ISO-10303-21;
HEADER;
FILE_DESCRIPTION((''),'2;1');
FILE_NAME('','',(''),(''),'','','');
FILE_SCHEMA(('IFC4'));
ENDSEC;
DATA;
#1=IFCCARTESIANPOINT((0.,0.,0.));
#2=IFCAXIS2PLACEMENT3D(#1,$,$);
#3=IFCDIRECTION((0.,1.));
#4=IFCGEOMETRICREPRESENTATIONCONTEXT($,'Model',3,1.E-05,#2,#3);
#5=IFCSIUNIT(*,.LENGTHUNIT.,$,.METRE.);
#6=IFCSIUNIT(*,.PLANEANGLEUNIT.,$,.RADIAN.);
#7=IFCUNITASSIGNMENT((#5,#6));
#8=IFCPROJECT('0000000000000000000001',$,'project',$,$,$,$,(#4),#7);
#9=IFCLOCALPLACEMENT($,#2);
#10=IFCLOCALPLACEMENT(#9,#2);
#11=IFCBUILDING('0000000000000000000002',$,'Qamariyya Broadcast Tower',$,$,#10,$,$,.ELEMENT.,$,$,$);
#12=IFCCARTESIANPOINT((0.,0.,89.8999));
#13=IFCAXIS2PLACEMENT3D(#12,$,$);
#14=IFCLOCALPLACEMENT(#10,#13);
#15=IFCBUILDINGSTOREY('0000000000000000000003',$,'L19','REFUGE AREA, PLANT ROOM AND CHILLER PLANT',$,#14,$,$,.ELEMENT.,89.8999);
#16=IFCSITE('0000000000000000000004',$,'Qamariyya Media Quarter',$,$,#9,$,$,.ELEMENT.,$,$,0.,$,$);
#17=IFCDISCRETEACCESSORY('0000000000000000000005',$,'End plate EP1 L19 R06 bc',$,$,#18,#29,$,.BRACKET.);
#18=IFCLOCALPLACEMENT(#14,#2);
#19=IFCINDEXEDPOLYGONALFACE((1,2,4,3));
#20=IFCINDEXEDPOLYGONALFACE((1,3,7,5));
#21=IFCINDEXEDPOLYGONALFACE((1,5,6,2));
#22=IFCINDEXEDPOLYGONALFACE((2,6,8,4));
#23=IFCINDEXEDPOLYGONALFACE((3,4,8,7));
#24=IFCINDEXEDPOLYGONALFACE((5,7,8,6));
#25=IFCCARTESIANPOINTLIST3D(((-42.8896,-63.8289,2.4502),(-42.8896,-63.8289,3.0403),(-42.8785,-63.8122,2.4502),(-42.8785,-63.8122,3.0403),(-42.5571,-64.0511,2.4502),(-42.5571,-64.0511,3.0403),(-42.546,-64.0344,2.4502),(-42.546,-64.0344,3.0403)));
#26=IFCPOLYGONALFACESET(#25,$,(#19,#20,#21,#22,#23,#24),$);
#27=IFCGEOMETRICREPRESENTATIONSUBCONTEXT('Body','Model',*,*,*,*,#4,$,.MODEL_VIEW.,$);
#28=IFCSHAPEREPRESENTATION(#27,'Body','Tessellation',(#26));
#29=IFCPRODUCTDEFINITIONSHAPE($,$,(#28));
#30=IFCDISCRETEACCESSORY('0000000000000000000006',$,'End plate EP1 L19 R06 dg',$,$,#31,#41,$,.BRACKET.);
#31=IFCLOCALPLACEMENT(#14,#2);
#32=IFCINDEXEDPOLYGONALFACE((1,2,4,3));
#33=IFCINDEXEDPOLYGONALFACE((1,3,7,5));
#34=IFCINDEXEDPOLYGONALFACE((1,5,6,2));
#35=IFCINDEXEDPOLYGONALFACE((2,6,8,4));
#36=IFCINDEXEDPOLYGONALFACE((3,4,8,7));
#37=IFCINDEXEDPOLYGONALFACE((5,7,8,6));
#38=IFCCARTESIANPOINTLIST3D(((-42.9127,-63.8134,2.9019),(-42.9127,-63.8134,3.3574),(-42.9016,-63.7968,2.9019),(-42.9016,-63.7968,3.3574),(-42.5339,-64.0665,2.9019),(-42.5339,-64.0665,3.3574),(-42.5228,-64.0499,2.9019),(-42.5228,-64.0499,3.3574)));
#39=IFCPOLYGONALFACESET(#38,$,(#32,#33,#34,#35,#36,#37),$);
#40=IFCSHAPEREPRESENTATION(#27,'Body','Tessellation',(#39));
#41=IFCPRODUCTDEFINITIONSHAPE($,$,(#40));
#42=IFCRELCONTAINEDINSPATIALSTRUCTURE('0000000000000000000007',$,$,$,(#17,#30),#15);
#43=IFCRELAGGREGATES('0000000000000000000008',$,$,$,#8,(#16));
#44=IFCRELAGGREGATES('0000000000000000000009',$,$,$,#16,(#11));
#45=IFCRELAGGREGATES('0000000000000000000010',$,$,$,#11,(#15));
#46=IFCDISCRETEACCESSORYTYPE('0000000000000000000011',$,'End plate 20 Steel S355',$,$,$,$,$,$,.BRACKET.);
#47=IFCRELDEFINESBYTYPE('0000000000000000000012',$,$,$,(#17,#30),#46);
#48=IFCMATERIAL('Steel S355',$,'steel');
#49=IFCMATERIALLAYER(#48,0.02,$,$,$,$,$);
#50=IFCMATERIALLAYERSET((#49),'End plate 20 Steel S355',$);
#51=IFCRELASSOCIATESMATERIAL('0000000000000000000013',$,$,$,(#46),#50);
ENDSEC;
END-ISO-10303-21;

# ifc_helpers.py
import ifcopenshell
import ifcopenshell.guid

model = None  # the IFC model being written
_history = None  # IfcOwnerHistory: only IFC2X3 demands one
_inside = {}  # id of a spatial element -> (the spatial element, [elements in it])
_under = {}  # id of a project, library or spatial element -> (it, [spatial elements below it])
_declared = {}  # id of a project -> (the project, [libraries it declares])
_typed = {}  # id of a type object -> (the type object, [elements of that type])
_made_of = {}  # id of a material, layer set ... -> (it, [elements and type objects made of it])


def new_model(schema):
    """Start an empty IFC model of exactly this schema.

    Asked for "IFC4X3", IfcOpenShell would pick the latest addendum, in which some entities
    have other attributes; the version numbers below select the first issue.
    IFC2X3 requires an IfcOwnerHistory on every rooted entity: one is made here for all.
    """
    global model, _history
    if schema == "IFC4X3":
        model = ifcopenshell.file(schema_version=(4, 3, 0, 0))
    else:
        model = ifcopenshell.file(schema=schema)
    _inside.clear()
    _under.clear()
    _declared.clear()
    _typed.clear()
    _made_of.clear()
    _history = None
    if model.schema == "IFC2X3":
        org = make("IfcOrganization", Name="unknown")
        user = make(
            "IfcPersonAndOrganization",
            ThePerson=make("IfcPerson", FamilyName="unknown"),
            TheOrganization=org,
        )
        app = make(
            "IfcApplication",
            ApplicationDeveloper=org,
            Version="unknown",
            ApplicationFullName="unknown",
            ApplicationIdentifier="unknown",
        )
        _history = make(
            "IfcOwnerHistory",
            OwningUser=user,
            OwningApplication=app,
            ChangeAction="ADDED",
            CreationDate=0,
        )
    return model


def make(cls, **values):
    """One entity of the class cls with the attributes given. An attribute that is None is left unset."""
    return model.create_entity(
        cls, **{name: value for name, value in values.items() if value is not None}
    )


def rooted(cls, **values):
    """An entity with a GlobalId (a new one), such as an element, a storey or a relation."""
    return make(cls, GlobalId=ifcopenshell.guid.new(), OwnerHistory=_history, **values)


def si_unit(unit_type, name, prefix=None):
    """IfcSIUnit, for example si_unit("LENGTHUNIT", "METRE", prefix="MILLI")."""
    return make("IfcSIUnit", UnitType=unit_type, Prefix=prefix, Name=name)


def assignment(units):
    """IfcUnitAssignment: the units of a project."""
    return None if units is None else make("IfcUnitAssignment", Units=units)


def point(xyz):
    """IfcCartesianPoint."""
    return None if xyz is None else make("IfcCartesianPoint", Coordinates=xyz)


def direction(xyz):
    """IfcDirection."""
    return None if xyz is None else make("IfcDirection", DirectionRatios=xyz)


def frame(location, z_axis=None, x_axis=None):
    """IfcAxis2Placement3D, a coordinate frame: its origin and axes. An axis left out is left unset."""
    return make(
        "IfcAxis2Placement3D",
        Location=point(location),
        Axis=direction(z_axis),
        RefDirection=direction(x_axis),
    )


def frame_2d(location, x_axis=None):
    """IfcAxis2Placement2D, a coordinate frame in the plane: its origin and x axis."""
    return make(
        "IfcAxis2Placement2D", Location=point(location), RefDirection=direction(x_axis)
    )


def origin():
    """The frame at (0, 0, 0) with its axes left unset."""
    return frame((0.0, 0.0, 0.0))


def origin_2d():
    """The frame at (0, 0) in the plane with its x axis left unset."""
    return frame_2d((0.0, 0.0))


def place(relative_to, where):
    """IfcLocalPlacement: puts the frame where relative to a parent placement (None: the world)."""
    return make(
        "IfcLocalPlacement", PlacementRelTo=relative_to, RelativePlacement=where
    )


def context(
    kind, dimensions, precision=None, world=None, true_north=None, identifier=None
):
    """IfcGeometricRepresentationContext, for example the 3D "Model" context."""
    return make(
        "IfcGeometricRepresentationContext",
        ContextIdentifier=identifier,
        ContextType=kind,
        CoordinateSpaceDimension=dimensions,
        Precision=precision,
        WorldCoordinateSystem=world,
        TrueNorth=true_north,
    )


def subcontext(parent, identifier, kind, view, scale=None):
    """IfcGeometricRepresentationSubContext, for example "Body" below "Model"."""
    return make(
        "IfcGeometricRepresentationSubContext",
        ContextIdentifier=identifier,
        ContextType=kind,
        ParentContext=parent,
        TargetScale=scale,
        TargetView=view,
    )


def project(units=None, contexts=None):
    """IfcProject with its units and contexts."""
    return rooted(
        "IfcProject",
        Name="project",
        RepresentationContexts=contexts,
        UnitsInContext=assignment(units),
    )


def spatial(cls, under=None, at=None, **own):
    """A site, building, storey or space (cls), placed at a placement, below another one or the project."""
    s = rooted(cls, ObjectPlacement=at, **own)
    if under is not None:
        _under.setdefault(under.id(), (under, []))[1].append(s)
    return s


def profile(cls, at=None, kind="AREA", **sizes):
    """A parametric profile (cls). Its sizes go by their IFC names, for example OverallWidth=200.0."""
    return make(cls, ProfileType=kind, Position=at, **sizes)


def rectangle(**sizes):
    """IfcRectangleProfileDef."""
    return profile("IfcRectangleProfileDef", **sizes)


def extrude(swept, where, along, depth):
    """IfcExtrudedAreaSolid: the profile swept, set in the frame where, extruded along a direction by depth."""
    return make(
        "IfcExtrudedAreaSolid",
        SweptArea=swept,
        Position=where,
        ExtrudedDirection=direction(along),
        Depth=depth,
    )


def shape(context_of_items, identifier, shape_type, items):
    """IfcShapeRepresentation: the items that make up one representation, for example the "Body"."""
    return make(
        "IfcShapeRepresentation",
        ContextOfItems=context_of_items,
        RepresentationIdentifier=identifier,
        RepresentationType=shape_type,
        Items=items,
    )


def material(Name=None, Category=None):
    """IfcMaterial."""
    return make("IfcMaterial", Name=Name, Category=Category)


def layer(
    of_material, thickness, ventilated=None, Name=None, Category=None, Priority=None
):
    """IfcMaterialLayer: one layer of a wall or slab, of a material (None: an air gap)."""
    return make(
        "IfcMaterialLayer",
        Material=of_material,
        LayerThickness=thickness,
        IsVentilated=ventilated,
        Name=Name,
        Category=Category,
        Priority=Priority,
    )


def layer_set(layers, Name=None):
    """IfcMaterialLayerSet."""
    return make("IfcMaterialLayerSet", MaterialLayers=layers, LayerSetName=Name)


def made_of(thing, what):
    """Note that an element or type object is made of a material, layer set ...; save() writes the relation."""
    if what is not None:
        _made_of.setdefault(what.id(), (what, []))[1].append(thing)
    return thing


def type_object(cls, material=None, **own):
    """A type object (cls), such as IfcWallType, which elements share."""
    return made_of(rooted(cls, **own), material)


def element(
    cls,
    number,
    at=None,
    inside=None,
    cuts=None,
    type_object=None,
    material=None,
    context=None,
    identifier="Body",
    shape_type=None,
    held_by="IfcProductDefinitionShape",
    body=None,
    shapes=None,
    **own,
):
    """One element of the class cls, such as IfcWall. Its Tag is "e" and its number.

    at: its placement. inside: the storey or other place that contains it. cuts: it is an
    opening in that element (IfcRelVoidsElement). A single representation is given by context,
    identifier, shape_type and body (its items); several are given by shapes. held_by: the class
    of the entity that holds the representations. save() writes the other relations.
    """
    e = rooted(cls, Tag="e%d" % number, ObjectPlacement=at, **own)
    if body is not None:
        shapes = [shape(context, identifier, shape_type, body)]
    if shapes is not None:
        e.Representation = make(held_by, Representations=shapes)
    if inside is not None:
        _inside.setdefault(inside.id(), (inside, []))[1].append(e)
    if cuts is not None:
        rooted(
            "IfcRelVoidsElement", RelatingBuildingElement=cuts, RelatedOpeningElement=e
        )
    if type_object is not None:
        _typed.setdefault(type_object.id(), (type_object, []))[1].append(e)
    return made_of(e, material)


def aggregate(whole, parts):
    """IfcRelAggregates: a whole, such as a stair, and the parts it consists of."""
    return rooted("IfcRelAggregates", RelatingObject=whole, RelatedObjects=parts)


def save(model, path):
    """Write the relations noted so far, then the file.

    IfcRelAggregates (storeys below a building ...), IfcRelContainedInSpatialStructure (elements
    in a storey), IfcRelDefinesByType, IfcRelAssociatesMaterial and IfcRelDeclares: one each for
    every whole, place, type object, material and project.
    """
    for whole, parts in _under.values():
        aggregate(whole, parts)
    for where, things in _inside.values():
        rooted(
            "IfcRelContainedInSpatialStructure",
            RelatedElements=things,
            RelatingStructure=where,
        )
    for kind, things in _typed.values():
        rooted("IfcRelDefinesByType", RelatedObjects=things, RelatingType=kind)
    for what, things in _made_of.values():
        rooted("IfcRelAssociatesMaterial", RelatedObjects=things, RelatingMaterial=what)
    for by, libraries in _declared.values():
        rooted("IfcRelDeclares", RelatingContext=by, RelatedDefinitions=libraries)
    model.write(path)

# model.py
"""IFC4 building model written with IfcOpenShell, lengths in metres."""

from ifc_helpers import new_model, si_unit, direction, frame, origin, origin_2d, place, context, subcontext, project, spatial, rectangle, extrude, material, layer, layer_set, type_object, element, save


model = new_model("IFC4")

# Units and contexts
model_context = context("Model", 3, precision=1e-05, world=origin(), true_north=direction((0.0, 1.0)))
body_context = subcontext(model_context, "Body", "Model", "MODEL_VIEW")
ifc_project = project(units=[si_unit("LENGTHUNIT", "METRE"), si_unit("PLANEANGLEUNIT", "RADIAN")], contexts=[model_context])

# Site, building, storey
site_placement = place(None, origin())
site = spatial("IfcSite", under=ifc_project, at=site_placement, Name="Qamariyya Media Quarter", CompositionType="ELEMENT", RefElevation=0.0)
building_placement = place(site_placement, origin())
building = spatial("IfcBuilding", under=site, at=building_placement, Name="Qamariyya Broadcast Tower", CompositionType="ELEMENT")
storey_placement = place(building_placement, frame((0.0, 0.0, 89.8999)))
storey = spatial("IfcBuildingStorey", under=building, at=storey_placement, Name="L19", Description="REFUGE AREA, PLANT ROOM AND CHILLER PLANT", CompositionType="ELEMENT", Elevation=89.8999)

# Shared definitions
ifc_material_1 = material(Name="Steel S355", Category="steel")

# Discrete accessories
ifc_layer_1 = layer(ifc_material_1, 0.02)
ifc_layer_set_1 = layer_set([ifc_layer_1], Name="End plate 20 Steel S355")
discrete_accessory_type = type_object("IfcDiscreteAccessoryType", Name="End plate 20 Steel S355", PredefinedType="BRACKET", material=ifc_layer_set_1)
for number, where, z_axis, x_axis, name in (
    (1, (-42.7178, -63.9316, 2.4502), (0.0, 0.0, 1.0), (-0.83147, 0.55557, 0.0), "End plate EP1 L19 R06 bc"),
):
    element("IfcDiscreteAccessory", number, at=place(storey_placement, frame(where, z_axis=z_axis, x_axis=x_axis)), inside=storey, type_object=discrete_accessory_type, Name=name, PredefinedType="BRACKET", context=body_context, shape_type="SweptSolid", body=[
        extrude(rectangle(XDim=0.3999, YDim=0.02, at=origin_2d()), origin(), (0.0, 0.0, 1.0), 0.5901),
    ])
discrete_accessory_placement = place(storey_placement, frame((-42.7178, -63.9316, 2.9019), z_axis=(0.0, 0.0, 1.0), x_axis=(-0.83147, 0.55557, 0.0)))
element("IfcDiscreteAccessory", 2, at=discrete_accessory_placement, inside=storey, type_object=discrete_accessory_type, Name="End plate EP1 L19 R06 dg", PredefinedType="BRACKET", context=body_context, shape_type="SweptSolid", body=[
    extrude(rectangle(XDim=0.4556, YDim=0.02, at=origin_2d()), origin(), (0.0, 0.0, 1.0), 0.4556),
])

save(model, "model.ifc")
